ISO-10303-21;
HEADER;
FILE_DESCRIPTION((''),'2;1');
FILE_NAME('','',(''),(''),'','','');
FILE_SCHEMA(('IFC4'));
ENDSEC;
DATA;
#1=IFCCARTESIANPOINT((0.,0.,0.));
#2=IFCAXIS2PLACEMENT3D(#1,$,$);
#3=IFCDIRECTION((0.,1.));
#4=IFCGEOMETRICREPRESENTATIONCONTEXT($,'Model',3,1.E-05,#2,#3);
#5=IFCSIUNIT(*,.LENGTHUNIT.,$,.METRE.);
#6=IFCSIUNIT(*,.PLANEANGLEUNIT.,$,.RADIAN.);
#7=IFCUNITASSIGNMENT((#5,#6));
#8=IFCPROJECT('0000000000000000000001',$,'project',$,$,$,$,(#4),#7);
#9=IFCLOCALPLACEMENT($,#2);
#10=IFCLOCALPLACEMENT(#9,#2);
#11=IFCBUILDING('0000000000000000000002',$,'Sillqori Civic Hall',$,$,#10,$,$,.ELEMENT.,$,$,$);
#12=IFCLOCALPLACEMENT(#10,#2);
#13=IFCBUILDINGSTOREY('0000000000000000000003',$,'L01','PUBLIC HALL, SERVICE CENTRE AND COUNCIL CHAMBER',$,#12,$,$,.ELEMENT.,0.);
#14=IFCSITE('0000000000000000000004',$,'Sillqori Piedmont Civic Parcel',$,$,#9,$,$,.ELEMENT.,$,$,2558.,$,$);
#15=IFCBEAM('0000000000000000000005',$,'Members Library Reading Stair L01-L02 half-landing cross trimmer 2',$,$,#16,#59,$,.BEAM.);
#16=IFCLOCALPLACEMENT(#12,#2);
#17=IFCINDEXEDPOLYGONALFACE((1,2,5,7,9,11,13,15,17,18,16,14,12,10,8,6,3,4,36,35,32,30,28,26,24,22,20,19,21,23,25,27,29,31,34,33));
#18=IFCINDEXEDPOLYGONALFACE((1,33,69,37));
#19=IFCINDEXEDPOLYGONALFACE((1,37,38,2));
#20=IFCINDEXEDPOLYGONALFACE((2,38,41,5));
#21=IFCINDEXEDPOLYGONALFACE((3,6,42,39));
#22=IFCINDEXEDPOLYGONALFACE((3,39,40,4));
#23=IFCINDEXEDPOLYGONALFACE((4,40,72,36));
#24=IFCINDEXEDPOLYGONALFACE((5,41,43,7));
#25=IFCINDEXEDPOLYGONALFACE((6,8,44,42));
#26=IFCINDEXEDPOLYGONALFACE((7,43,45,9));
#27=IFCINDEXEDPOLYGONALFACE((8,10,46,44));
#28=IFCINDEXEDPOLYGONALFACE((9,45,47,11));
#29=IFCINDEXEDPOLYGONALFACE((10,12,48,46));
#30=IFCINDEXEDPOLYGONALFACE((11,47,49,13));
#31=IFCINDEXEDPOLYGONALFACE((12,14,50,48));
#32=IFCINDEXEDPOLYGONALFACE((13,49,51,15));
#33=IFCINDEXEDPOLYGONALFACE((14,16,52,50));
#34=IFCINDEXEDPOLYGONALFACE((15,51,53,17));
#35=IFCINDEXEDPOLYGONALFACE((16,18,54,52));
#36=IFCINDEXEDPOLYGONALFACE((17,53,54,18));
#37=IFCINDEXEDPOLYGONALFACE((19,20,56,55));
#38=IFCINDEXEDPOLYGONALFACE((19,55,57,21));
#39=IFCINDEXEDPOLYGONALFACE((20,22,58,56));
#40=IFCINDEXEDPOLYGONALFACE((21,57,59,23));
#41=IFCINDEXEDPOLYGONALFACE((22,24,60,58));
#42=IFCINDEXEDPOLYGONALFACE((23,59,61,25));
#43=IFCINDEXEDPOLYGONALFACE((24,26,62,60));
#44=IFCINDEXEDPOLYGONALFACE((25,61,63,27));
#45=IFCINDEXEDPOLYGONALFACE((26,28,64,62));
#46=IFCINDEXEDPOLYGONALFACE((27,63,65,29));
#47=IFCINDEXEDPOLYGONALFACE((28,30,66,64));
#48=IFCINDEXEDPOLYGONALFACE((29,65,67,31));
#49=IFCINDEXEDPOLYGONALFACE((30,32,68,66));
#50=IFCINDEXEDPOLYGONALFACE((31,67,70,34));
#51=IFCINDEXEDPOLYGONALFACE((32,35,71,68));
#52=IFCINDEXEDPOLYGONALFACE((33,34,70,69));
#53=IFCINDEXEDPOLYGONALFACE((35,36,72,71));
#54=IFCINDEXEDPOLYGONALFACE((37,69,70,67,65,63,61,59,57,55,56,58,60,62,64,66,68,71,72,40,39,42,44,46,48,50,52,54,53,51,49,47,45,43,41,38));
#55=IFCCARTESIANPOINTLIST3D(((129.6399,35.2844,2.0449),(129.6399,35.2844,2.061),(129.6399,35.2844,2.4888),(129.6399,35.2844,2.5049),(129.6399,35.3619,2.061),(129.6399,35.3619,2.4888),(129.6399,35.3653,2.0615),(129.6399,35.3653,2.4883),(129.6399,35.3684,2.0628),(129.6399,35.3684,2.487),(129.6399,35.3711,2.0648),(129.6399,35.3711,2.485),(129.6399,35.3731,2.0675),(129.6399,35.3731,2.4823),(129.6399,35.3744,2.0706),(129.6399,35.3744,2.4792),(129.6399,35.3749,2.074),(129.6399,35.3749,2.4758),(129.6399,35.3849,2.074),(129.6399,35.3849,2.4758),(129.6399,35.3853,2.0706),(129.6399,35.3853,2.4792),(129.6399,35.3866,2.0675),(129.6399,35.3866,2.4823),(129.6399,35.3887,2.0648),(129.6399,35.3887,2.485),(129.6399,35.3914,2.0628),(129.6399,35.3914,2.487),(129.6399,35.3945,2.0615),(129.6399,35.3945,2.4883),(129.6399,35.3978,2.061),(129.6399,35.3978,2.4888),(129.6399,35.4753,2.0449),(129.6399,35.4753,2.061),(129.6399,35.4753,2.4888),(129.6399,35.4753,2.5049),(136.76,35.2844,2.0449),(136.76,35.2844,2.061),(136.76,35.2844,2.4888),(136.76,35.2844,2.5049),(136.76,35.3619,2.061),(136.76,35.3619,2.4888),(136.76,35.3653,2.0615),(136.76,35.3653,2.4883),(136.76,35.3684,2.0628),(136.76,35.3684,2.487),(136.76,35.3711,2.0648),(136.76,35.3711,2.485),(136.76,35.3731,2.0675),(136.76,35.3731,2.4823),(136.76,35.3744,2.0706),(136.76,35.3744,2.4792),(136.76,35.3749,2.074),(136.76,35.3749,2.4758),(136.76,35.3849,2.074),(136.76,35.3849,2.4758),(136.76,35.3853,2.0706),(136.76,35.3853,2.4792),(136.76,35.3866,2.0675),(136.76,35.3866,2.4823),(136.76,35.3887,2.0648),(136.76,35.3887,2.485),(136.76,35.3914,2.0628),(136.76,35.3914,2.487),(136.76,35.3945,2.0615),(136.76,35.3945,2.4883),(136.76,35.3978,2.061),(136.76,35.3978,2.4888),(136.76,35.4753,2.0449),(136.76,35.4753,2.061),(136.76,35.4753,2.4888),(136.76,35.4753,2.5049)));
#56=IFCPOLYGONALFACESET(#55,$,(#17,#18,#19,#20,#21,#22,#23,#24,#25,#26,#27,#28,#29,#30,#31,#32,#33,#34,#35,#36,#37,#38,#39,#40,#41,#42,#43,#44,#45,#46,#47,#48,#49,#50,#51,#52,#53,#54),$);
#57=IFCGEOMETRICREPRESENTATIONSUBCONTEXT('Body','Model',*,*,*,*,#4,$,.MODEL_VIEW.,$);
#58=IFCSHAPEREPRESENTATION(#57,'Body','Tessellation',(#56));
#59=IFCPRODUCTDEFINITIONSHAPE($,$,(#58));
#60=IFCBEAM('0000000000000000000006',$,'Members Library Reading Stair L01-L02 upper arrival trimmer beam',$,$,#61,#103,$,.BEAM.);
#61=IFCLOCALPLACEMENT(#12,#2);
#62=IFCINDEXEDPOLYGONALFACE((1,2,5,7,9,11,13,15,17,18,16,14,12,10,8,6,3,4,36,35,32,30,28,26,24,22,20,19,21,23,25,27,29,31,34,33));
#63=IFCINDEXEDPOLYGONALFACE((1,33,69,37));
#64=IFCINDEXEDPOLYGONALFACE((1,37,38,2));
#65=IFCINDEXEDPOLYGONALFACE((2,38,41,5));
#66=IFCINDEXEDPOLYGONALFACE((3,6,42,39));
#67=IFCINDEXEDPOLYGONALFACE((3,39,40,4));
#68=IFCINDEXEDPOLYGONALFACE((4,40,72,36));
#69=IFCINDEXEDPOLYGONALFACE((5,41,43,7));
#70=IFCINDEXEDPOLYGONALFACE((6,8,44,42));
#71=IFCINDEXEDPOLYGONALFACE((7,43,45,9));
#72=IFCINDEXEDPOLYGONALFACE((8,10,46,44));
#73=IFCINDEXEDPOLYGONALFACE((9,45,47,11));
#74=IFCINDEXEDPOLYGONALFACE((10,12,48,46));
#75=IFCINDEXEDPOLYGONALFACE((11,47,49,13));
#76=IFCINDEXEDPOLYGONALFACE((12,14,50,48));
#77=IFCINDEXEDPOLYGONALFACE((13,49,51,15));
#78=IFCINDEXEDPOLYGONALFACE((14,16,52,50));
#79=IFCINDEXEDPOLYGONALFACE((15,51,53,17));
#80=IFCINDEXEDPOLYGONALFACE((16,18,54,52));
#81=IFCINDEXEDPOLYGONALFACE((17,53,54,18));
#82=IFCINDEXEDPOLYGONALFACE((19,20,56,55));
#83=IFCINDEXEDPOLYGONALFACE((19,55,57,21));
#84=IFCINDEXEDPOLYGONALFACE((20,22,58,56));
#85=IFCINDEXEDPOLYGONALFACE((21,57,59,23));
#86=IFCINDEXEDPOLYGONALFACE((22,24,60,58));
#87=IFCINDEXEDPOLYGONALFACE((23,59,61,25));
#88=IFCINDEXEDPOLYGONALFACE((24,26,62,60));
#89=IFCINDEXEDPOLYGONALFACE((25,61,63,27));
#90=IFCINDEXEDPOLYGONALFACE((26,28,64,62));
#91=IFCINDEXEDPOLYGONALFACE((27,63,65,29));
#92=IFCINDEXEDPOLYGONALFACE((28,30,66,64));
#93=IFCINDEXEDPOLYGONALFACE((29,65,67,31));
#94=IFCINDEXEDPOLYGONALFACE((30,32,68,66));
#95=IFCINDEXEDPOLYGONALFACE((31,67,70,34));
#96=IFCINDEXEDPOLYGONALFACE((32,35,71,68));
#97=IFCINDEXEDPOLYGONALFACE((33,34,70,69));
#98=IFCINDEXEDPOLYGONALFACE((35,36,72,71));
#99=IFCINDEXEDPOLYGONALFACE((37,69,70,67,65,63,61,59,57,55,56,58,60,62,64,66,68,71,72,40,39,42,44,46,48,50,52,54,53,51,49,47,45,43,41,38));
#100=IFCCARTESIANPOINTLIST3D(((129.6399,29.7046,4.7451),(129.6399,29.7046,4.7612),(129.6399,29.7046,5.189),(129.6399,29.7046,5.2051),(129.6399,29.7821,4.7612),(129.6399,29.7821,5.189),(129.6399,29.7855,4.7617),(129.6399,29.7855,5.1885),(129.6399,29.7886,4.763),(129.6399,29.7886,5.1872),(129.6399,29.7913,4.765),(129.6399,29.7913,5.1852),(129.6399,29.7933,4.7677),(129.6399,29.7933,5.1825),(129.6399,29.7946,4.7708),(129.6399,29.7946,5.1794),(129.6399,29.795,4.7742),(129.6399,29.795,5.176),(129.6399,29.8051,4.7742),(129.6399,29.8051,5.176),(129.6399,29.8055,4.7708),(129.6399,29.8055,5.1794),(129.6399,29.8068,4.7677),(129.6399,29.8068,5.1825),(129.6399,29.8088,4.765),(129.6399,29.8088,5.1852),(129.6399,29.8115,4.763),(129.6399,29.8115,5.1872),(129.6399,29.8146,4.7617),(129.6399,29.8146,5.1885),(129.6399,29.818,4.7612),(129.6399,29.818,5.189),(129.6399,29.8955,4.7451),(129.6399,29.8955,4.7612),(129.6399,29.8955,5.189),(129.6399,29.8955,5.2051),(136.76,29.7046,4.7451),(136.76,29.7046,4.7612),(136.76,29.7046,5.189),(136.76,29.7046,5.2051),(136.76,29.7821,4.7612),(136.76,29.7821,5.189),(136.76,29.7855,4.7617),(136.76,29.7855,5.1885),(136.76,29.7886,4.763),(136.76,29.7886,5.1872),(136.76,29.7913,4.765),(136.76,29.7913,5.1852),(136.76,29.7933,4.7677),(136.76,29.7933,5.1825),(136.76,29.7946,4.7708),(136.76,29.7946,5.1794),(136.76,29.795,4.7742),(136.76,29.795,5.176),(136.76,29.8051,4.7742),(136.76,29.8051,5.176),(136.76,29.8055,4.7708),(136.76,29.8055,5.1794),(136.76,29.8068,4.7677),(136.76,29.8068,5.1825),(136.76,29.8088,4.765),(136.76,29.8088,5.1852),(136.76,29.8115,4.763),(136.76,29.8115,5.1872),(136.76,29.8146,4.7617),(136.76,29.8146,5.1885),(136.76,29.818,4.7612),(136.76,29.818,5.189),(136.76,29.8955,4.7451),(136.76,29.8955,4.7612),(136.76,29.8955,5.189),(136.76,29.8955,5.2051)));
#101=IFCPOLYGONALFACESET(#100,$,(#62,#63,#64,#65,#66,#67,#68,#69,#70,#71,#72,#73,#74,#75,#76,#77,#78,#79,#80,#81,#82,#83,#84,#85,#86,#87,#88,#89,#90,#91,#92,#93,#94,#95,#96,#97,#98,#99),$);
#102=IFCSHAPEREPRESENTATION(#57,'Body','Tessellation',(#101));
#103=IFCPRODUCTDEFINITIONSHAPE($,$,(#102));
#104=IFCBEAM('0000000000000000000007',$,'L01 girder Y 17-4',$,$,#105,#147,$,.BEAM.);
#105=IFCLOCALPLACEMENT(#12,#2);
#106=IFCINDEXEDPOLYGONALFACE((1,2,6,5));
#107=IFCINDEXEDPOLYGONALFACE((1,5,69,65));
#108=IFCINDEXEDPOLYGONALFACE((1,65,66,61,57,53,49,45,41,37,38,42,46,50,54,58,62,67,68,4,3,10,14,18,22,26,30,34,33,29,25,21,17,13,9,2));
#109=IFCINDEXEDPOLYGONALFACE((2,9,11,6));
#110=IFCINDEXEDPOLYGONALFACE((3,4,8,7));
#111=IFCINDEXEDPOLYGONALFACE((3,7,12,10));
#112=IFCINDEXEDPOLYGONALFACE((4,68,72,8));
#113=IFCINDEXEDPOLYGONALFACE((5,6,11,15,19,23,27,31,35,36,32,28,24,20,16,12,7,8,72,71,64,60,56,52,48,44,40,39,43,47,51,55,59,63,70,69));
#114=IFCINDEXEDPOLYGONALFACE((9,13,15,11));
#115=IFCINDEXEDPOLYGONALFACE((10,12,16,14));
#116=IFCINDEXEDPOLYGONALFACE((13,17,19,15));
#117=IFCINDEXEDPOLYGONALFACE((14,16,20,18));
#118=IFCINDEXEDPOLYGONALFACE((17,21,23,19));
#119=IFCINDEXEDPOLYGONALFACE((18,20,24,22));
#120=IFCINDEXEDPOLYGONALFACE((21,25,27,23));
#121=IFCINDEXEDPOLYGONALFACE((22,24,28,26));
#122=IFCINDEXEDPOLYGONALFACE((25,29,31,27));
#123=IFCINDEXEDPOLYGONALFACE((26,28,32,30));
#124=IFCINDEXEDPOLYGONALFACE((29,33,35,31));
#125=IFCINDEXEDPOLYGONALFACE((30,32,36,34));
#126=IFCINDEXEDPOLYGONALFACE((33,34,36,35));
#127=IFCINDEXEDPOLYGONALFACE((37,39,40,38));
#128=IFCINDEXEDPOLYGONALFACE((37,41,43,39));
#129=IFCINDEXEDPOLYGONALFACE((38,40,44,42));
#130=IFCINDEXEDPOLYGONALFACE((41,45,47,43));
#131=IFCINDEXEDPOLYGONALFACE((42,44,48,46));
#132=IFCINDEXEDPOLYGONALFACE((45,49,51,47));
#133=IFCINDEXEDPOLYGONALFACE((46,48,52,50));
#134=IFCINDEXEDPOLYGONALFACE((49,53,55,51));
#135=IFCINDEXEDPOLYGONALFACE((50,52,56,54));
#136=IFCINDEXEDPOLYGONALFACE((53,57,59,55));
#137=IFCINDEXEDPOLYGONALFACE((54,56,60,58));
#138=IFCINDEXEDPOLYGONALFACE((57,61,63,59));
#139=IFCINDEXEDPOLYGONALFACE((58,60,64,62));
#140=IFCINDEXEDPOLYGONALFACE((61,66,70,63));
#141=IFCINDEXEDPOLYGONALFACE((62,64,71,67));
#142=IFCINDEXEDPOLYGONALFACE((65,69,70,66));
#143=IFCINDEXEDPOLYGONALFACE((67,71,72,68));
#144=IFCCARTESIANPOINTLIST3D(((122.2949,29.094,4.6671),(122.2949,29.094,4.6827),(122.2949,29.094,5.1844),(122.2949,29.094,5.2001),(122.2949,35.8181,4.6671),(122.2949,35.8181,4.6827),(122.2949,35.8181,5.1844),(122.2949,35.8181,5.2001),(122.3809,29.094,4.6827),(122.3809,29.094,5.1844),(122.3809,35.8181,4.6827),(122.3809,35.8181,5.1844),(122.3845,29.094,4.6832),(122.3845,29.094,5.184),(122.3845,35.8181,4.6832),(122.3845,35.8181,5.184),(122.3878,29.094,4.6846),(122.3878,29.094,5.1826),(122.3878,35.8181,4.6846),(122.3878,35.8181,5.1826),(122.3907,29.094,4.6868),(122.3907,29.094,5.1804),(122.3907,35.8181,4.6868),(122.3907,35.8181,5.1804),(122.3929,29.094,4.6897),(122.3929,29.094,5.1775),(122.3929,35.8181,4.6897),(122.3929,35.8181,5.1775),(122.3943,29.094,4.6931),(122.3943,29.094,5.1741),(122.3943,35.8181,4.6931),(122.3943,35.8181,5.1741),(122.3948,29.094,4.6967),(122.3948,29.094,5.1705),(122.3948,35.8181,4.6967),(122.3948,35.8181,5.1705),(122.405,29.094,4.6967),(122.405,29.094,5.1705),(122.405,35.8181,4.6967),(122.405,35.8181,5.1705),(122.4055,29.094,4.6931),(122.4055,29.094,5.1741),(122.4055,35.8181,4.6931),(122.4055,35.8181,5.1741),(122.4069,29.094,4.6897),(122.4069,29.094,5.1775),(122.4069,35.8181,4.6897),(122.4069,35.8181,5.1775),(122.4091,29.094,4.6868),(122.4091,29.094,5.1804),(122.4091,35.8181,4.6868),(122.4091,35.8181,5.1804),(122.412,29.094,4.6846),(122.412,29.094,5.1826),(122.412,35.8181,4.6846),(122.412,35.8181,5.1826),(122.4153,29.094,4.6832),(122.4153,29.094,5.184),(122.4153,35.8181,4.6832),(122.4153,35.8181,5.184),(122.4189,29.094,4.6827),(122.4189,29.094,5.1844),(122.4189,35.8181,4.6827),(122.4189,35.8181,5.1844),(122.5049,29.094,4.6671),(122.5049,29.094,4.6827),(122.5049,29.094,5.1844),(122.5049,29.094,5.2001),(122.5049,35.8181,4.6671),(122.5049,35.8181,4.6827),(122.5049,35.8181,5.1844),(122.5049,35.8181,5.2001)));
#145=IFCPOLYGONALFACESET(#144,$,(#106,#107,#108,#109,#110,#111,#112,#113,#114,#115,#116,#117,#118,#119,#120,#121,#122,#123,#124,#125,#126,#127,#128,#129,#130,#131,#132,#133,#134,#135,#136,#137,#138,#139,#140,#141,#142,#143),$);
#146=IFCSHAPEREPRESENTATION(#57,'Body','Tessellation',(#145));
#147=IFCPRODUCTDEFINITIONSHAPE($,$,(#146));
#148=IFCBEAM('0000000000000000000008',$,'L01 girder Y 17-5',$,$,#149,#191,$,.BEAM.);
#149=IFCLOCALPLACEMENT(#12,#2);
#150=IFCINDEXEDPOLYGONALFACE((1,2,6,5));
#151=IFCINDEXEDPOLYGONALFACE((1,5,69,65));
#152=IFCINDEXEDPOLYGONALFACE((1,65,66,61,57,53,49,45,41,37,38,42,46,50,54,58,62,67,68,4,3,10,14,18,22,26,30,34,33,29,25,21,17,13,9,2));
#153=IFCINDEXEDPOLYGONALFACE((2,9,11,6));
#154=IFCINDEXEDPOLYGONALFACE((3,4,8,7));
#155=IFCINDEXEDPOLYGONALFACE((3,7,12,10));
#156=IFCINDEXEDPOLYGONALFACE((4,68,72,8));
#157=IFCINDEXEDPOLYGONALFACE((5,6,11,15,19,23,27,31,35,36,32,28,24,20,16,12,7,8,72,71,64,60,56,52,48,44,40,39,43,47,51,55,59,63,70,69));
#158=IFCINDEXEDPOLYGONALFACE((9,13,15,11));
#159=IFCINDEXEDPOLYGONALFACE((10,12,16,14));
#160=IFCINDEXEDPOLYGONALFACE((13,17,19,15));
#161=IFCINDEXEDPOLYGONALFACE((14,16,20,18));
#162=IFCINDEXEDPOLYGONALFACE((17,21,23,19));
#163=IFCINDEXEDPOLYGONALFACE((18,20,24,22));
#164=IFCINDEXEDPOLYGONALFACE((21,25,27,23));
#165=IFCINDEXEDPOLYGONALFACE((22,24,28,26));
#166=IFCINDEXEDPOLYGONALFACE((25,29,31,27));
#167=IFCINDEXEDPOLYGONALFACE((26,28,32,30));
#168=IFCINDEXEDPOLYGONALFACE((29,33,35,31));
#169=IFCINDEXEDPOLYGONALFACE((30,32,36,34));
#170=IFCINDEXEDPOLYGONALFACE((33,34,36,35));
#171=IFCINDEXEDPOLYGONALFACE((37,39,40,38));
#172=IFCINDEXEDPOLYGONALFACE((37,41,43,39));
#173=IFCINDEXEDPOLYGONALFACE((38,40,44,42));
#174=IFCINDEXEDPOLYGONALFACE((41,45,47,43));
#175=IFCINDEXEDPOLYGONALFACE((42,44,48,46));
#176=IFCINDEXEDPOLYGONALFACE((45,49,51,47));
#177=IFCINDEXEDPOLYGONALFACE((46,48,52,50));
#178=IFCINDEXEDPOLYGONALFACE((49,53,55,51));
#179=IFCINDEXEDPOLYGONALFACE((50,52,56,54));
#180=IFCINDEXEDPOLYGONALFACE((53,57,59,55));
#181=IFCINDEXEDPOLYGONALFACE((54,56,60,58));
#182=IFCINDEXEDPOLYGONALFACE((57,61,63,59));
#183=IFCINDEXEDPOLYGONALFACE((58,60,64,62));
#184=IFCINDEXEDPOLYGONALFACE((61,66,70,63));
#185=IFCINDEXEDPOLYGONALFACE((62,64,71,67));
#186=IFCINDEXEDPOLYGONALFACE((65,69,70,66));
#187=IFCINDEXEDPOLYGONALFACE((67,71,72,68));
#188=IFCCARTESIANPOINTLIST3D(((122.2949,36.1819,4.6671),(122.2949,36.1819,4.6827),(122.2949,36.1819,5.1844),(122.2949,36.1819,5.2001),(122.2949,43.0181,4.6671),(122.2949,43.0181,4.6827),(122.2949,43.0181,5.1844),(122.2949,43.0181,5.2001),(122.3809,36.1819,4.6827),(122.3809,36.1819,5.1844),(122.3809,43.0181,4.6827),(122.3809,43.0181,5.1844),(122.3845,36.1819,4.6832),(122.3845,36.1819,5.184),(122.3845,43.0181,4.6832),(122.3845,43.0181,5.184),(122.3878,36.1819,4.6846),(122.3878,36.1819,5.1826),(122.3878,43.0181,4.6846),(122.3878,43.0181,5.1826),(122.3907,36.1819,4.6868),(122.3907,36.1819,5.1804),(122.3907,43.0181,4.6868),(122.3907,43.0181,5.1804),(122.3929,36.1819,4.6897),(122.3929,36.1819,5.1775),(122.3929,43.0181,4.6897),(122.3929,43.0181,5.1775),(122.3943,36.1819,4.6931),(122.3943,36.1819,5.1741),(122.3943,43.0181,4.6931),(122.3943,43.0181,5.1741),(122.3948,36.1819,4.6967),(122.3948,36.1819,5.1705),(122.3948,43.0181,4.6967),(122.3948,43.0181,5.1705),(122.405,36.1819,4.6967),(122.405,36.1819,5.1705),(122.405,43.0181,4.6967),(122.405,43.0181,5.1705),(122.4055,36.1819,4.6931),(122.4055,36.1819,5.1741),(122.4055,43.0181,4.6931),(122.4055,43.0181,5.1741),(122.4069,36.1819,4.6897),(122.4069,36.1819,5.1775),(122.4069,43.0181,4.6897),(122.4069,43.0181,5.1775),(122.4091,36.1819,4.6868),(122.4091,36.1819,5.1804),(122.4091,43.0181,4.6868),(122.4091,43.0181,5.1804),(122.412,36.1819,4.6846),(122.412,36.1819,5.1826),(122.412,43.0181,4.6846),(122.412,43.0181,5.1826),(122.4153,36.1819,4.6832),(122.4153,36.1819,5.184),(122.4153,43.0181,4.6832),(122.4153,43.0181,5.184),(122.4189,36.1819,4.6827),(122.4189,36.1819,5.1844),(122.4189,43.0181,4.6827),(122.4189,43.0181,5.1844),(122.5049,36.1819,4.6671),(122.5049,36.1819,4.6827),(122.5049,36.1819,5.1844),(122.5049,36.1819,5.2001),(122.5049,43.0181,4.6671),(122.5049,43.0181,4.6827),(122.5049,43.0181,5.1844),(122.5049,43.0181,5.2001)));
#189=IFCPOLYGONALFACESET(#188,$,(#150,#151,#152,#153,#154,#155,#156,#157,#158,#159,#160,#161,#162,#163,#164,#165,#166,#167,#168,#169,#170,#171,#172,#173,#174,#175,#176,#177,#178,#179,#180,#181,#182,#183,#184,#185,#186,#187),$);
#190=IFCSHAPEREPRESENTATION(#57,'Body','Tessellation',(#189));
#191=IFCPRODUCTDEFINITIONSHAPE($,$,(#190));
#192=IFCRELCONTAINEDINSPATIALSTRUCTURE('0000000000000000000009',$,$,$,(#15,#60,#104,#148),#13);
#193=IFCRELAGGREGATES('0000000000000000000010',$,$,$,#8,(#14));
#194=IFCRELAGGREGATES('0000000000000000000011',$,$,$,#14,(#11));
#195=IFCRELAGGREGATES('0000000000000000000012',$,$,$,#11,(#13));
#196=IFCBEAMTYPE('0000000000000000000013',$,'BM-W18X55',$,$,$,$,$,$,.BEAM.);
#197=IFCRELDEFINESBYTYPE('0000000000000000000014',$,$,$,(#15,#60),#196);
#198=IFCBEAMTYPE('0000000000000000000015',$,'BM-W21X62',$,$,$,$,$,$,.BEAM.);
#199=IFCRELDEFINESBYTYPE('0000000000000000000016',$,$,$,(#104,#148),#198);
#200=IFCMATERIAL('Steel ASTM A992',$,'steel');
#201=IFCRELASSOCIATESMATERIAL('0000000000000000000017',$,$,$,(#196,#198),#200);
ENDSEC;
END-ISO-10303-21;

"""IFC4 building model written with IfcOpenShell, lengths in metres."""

from ifc_helpers import new_model, si_unit, direction, frame, origin, origin_2d, place, context, subcontext, project, spatial, i_section, extrude, material, material_profile, profile_set, type_object, element, save


model = new_model("IFC4")

# Units and contexts
model_context = context("Model", 3, precision=1e-05, world=origin(), true_north=direction((0.0, 1.0)))
body_context = subcontext(model_context, "Body", "Model", "MODEL_VIEW")
ifc_project = project(units=[si_unit("LENGTHUNIT", "METRE"), si_unit("PLANEANGLEUNIT", "RADIAN")], contexts=[model_context])

# Site, building, storey
site_placement = place(None, origin())
site = spatial("IfcSite", under=ifc_project, at=site_placement, Name="Sillqori Piedmont Civic Parcel", CompositionType="ELEMENT", RefElevation=2558.0)
building_placement = place(site_placement, origin())
building = spatial("IfcBuilding", under=site, at=building_placement, Name="Sillqori Civic Hall", CompositionType="ELEMENT")
storey_placement = place(building_placement, origin())
storey = spatial("IfcBuildingStorey", under=building, at=storey_placement, Name="L01", Description="PUBLIC HALL, SERVICE CENTRE AND COUNCIL CHAMBER", CompositionType="ELEMENT", Elevation=0.0)

# Shared definitions
ifc_material_1 = material(Name="Steel ASTM A992", Category="steel")

# Beams
ifc_material_profile_1 = material_profile(ifc_material_1, i_section(OverallWidth=0.1909, OverallDepth=0.46, WebThickness=0.01, FlangeThickness=0.0161, FilletRadius=0.0129, at=origin_2d()), Name="W18X55")
ifc_profile_set_1 = profile_set([ifc_material_profile_1], Name="Steel ASTM A992")
beam_type_1 = type_object("IfcBeamType", Name="BM-W18X55", PredefinedType="BEAM", material=ifc_profile_set_1)
for number, where, z_axis, x_axis, name in (
    (1, (129.6399, 35.3799, 2.2749), (1.0, 0.0, 0.0), (0.0, 1.0, 0.0), "Members Library Reading Stair L01-L02 half-landing cross trimmer 2"),
    (2, (129.6399, 29.8, 4.9751), (1.0, 0.0, 0.0), (0.0, 1.0, 0.0), "Members Library Reading Stair L01-L02 upper arrival trimmer beam"),
):
    element("IfcBeam", number, at=place(storey_placement, frame(where, z_axis=z_axis, x_axis=x_axis)), inside=storey, type_object=beam_type_1, Name=name, PredefinedType="BEAM", context=body_context, shape_type="SweptSolid", body=[
        extrude(i_section(OverallWidth=0.1909, OverallDepth=0.46, WebThickness=0.01, FlangeThickness=0.0161, FilletRadius=0.0129, at=origin_2d()), origin(), (0.0, 0.0, 1.0), 7.1201),
    ])
ifc_material_profile_2 = material_profile(ifc_material_1, i_section(OverallWidth=0.21, OverallDepth=0.533, WebThickness=0.0103, FlangeThickness=0.0156, FilletRadius=0.0139, at=origin_2d()), Name="W21X62")
ifc_profile_set_2 = profile_set([ifc_material_profile_2], Name="Steel ASTM A992")
beam_type_2 = type_object("IfcBeamType", Name="BM-W21X62", PredefinedType="BEAM", material=ifc_profile_set_2)
beam_1_placement = place(storey_placement, frame((122.3999, 29.094, 4.9336), z_axis=(0.0, 1.0, 0.0), x_axis=(-1.0, 0.0, 0.0)))
element("IfcBeam", 3, at=beam_1_placement, inside=storey, type_object=beam_type_2, Name="L01 girder Y 17-4", PredefinedType="BEAM", context=body_context, shape_type="SweptSolid", body=[
    extrude(i_section(OverallWidth=0.21, OverallDepth=0.533, WebThickness=0.0103, FlangeThickness=0.0156, FilletRadius=0.0139, at=origin_2d()), origin(), (0.0, 0.0, 1.0), 6.7241),
])
beam_2_placement = place(storey_placement, frame((122.3999, 36.1819, 4.9336), z_axis=(0.0, 1.0, 0.0), x_axis=(-1.0, 0.0, 0.0)))
element("IfcBeam", 4, at=beam_2_placement, inside=storey, type_object=beam_type_2, Name="L01 girder Y 17-5", PredefinedType="BEAM", context=body_context, shape_type="SweptSolid", body=[
    extrude(i_section(OverallWidth=0.21, OverallDepth=0.533, WebThickness=0.0103, FlangeThickness=0.0156, FilletRadius=0.0139, at=origin_2d()), origin(), (0.0, 0.0, 1.0), 6.8362),
])

save(model, "model.ifc")
